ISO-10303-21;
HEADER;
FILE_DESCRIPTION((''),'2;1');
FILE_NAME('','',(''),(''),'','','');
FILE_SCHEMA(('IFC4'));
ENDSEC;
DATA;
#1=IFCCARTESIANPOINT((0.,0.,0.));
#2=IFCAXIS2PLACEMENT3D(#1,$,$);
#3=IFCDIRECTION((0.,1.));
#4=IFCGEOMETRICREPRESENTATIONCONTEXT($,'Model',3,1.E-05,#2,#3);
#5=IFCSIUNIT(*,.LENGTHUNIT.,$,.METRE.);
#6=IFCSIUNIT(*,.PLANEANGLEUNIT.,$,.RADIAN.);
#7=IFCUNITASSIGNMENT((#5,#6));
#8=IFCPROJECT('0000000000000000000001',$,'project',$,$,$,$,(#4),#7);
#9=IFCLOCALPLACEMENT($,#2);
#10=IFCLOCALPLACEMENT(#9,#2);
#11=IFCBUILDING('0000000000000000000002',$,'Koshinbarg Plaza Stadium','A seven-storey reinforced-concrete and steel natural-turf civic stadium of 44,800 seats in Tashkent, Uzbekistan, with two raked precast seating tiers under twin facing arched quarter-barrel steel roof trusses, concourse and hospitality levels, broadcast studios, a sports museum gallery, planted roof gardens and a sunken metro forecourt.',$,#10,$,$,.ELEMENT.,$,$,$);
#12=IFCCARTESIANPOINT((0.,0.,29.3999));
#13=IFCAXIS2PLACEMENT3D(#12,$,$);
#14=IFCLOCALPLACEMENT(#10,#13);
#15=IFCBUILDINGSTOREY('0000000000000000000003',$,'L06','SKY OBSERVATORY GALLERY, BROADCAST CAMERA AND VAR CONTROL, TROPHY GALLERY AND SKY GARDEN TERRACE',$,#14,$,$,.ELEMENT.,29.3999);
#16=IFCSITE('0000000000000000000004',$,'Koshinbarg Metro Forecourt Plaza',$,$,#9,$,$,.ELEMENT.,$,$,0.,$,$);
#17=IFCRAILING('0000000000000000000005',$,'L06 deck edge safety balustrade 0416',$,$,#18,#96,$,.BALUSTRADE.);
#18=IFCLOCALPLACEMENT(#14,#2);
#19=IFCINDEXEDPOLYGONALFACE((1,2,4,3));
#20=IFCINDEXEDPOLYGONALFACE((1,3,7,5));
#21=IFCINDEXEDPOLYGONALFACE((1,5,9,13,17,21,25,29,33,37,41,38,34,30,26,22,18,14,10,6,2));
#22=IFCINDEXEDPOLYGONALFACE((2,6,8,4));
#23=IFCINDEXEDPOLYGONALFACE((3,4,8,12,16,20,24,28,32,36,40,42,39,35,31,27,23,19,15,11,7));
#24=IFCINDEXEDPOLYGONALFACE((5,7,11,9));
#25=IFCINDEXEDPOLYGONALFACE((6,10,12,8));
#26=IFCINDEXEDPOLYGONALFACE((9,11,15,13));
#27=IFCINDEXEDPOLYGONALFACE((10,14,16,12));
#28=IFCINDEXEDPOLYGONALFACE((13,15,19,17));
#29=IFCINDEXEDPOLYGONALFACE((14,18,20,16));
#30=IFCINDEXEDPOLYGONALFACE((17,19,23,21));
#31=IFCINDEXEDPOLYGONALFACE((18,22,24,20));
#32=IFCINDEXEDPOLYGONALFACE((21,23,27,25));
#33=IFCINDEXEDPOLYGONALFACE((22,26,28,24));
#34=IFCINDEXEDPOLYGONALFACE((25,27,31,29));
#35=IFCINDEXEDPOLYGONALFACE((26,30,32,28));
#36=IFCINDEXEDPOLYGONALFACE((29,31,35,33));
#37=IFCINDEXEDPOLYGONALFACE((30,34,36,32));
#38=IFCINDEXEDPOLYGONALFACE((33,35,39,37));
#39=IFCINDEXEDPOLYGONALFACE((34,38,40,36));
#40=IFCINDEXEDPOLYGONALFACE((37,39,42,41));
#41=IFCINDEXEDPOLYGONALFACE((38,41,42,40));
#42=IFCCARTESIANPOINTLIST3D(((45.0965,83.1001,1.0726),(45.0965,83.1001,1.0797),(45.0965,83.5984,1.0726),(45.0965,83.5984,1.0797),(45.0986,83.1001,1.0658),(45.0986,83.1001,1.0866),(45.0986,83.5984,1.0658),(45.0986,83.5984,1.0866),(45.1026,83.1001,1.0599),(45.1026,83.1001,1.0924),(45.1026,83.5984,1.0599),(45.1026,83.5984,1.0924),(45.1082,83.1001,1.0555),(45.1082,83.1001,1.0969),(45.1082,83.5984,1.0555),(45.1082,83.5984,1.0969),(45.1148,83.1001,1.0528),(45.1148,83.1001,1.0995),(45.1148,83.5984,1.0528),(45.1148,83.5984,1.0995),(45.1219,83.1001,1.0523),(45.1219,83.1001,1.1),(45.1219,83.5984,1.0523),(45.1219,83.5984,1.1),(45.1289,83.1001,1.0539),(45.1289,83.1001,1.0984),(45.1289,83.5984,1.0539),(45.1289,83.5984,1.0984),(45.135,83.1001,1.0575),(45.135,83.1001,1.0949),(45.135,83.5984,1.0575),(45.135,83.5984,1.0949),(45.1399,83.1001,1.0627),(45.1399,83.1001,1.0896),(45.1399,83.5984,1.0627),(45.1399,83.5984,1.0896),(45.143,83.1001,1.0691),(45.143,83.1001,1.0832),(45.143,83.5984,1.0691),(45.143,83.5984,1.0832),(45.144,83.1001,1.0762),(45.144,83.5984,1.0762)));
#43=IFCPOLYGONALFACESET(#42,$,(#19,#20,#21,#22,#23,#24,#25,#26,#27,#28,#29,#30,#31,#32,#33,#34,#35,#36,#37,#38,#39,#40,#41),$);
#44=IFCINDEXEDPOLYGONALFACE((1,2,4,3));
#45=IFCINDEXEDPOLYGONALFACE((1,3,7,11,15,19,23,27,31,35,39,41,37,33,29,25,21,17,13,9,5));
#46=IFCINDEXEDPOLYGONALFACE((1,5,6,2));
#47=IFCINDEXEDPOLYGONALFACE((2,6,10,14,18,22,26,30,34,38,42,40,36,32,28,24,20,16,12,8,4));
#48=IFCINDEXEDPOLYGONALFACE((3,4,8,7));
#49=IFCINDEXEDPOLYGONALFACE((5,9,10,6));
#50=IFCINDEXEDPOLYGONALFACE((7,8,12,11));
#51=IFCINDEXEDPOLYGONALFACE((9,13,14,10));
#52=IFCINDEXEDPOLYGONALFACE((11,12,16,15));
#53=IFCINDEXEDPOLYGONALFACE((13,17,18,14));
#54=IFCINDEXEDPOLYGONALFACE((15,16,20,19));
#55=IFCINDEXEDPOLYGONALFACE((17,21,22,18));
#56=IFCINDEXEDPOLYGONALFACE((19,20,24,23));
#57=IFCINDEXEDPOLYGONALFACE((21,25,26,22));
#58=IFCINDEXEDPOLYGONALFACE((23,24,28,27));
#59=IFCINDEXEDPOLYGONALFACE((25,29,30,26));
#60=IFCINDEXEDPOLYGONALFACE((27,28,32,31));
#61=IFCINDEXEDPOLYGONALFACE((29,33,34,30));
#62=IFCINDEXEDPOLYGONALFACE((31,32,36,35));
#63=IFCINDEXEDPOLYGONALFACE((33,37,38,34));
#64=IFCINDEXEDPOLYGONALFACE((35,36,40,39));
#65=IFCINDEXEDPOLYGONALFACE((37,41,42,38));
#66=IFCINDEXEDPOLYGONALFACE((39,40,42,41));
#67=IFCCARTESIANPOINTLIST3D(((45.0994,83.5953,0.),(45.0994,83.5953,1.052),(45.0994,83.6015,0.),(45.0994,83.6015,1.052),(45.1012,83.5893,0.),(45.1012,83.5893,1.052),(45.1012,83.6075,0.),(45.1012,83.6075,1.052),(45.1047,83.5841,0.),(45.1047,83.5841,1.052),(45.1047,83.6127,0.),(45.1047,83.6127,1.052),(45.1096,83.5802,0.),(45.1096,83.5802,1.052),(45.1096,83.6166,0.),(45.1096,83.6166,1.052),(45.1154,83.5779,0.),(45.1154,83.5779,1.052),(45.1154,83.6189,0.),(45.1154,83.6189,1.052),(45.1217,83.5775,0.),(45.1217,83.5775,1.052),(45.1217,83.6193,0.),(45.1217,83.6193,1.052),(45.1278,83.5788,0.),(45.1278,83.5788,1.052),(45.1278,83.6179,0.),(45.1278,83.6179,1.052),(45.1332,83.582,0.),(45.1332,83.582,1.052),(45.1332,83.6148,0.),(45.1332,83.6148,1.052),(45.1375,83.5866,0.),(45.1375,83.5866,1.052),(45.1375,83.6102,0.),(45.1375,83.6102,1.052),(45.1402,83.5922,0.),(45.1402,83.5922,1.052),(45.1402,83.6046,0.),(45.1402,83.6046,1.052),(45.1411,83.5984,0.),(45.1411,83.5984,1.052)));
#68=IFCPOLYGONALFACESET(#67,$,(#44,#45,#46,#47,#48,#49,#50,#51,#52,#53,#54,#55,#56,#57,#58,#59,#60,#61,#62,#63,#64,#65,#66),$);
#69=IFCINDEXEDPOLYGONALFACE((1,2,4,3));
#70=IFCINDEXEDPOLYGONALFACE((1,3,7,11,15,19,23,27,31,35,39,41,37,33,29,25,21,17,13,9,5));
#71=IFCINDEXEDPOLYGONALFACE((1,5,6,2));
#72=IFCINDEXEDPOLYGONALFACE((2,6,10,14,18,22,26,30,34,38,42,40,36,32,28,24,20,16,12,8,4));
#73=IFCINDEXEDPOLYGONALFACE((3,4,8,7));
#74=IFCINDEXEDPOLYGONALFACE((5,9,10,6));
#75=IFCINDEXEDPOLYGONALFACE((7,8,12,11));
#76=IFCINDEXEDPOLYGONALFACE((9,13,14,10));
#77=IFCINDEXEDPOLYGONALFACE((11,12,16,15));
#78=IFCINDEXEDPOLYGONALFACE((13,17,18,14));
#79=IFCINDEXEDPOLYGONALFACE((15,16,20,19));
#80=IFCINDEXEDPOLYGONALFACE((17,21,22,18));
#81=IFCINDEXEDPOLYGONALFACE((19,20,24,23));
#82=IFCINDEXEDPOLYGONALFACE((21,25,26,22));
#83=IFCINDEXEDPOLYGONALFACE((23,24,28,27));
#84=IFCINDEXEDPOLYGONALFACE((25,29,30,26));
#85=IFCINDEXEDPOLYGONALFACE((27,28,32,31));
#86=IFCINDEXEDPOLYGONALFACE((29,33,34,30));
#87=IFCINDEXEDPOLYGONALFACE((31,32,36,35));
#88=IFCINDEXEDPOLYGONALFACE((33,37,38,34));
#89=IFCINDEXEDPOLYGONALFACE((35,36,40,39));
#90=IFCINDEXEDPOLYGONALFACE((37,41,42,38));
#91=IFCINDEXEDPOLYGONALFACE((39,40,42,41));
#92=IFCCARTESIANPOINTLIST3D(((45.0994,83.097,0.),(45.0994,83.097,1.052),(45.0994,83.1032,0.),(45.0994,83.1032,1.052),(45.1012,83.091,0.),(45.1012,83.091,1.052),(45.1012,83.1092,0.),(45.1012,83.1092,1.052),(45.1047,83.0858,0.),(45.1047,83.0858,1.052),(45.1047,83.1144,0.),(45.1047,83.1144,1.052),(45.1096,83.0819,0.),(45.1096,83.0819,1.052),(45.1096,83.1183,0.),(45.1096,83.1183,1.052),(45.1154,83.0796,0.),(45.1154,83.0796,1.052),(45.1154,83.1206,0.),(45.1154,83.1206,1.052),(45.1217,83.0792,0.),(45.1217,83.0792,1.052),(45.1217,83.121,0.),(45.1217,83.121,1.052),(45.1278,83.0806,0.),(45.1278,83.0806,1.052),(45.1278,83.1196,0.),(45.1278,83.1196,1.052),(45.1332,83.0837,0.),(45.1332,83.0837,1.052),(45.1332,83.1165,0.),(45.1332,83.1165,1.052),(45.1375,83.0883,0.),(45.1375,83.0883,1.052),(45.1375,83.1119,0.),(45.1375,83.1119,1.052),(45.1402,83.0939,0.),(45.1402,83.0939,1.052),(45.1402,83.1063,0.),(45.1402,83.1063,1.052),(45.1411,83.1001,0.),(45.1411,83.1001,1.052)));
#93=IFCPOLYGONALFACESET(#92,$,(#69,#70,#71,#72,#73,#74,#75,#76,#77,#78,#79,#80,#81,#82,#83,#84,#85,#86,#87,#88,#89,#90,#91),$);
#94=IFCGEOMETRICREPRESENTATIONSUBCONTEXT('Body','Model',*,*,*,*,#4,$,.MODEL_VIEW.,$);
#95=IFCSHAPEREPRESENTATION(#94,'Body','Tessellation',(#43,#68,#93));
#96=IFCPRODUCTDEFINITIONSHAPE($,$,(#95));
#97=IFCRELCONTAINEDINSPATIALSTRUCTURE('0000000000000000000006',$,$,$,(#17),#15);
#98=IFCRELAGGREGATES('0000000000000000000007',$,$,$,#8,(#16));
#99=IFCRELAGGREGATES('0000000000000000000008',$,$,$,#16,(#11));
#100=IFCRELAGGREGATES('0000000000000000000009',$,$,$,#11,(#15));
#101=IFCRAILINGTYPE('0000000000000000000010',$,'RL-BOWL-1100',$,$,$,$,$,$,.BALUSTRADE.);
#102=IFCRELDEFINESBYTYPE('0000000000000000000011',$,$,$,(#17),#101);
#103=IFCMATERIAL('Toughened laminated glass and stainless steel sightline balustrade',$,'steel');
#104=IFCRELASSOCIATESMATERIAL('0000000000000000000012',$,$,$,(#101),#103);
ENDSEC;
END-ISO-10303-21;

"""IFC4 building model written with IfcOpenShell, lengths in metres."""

from ifc_helpers import new_model, si_unit, direction, frame, origin, origin_2d, place, context, subcontext, project, spatial, circle, extrude, material, type_object, element, save


model = new_model("IFC4")

# Units and contexts
model_context = context("Model", 3, precision=1e-05, world=origin(), true_north=direction((0.0, 1.0)))
body_context = subcontext(model_context, "Body", "Model", "MODEL_VIEW")
ifc_project = project(units=[si_unit("LENGTHUNIT", "METRE"), si_unit("PLANEANGLEUNIT", "RADIAN")], contexts=[model_context])

# Site, building, storey
site_placement = place(None, origin())
site = spatial("IfcSite", under=ifc_project, at=site_placement, Name="Koshinbarg Metro Forecourt Plaza", CompositionType="ELEMENT", RefElevation=0.0)
building_placement = place(site_placement, origin())
building = spatial("IfcBuilding", under=site, at=building_placement, Name="Koshinbarg Plaza Stadium", Description="A seven-storey reinforced-concrete and steel natural-turf civic stadium of 44,800 seats in Tashkent, Uzbekistan, with two raked precast seating tiers under twin facing arched quarter-barrel steel roof trusses, concourse and hospitality levels, broadcast studios, a sports museum gallery, planted roof gardens and a sunken metro forecourt.", CompositionType="ELEMENT")
storey_placement = place(building_placement, frame((0.0, 0.0, 29.3999)))
storey = spatial("IfcBuildingStorey", under=building, at=storey_placement, Name="L06", Description="SKY OBSERVATORY GALLERY, BROADCAST CAMERA AND VAR CONTROL, TROPHY GALLERY AND SKY GARDEN TERRACE", CompositionType="ELEMENT", Elevation=29.3999)

# Railing
ifc_material_1 = material(Name="Toughened laminated glass and stainless steel sightline balustrade", Category="steel")
railing_type = type_object("IfcRailingType", Name="RL-BOWL-1100", PredefinedType="BALUSTRADE", material=ifc_material_1)
railing_placement = place(storey_placement, frame((45.1201, 83.5984, 0.0)))
element("IfcRailing", 1, at=railing_placement, inside=storey, type_object=railing_type, Name="L06 deck edge safety balustrade 0416", PredefinedType="BALUSTRADE", context=body_context, shape_type="SweptSolid", body=[
    extrude(circle(Radius=0.0239, at=origin_2d()), frame((0.0, 0.0, 1.0762), z_axis=(0.0, -1.0, 0.0), x_axis=(1.0, 0.0, 0.0)), (0.0, 0.0, 1.0), 0.4983),
    extrude(circle(Radius=0.021, at=origin_2d()), origin(), (0.0, 0.0, 1.0), 1.052),
    extrude(circle(Radius=0.021, at=origin_2d()), frame((0.0, -0.4983, 0.0)), (0.0, 0.0, 1.0), 1.052),
])

save(model, "model.ifc")
